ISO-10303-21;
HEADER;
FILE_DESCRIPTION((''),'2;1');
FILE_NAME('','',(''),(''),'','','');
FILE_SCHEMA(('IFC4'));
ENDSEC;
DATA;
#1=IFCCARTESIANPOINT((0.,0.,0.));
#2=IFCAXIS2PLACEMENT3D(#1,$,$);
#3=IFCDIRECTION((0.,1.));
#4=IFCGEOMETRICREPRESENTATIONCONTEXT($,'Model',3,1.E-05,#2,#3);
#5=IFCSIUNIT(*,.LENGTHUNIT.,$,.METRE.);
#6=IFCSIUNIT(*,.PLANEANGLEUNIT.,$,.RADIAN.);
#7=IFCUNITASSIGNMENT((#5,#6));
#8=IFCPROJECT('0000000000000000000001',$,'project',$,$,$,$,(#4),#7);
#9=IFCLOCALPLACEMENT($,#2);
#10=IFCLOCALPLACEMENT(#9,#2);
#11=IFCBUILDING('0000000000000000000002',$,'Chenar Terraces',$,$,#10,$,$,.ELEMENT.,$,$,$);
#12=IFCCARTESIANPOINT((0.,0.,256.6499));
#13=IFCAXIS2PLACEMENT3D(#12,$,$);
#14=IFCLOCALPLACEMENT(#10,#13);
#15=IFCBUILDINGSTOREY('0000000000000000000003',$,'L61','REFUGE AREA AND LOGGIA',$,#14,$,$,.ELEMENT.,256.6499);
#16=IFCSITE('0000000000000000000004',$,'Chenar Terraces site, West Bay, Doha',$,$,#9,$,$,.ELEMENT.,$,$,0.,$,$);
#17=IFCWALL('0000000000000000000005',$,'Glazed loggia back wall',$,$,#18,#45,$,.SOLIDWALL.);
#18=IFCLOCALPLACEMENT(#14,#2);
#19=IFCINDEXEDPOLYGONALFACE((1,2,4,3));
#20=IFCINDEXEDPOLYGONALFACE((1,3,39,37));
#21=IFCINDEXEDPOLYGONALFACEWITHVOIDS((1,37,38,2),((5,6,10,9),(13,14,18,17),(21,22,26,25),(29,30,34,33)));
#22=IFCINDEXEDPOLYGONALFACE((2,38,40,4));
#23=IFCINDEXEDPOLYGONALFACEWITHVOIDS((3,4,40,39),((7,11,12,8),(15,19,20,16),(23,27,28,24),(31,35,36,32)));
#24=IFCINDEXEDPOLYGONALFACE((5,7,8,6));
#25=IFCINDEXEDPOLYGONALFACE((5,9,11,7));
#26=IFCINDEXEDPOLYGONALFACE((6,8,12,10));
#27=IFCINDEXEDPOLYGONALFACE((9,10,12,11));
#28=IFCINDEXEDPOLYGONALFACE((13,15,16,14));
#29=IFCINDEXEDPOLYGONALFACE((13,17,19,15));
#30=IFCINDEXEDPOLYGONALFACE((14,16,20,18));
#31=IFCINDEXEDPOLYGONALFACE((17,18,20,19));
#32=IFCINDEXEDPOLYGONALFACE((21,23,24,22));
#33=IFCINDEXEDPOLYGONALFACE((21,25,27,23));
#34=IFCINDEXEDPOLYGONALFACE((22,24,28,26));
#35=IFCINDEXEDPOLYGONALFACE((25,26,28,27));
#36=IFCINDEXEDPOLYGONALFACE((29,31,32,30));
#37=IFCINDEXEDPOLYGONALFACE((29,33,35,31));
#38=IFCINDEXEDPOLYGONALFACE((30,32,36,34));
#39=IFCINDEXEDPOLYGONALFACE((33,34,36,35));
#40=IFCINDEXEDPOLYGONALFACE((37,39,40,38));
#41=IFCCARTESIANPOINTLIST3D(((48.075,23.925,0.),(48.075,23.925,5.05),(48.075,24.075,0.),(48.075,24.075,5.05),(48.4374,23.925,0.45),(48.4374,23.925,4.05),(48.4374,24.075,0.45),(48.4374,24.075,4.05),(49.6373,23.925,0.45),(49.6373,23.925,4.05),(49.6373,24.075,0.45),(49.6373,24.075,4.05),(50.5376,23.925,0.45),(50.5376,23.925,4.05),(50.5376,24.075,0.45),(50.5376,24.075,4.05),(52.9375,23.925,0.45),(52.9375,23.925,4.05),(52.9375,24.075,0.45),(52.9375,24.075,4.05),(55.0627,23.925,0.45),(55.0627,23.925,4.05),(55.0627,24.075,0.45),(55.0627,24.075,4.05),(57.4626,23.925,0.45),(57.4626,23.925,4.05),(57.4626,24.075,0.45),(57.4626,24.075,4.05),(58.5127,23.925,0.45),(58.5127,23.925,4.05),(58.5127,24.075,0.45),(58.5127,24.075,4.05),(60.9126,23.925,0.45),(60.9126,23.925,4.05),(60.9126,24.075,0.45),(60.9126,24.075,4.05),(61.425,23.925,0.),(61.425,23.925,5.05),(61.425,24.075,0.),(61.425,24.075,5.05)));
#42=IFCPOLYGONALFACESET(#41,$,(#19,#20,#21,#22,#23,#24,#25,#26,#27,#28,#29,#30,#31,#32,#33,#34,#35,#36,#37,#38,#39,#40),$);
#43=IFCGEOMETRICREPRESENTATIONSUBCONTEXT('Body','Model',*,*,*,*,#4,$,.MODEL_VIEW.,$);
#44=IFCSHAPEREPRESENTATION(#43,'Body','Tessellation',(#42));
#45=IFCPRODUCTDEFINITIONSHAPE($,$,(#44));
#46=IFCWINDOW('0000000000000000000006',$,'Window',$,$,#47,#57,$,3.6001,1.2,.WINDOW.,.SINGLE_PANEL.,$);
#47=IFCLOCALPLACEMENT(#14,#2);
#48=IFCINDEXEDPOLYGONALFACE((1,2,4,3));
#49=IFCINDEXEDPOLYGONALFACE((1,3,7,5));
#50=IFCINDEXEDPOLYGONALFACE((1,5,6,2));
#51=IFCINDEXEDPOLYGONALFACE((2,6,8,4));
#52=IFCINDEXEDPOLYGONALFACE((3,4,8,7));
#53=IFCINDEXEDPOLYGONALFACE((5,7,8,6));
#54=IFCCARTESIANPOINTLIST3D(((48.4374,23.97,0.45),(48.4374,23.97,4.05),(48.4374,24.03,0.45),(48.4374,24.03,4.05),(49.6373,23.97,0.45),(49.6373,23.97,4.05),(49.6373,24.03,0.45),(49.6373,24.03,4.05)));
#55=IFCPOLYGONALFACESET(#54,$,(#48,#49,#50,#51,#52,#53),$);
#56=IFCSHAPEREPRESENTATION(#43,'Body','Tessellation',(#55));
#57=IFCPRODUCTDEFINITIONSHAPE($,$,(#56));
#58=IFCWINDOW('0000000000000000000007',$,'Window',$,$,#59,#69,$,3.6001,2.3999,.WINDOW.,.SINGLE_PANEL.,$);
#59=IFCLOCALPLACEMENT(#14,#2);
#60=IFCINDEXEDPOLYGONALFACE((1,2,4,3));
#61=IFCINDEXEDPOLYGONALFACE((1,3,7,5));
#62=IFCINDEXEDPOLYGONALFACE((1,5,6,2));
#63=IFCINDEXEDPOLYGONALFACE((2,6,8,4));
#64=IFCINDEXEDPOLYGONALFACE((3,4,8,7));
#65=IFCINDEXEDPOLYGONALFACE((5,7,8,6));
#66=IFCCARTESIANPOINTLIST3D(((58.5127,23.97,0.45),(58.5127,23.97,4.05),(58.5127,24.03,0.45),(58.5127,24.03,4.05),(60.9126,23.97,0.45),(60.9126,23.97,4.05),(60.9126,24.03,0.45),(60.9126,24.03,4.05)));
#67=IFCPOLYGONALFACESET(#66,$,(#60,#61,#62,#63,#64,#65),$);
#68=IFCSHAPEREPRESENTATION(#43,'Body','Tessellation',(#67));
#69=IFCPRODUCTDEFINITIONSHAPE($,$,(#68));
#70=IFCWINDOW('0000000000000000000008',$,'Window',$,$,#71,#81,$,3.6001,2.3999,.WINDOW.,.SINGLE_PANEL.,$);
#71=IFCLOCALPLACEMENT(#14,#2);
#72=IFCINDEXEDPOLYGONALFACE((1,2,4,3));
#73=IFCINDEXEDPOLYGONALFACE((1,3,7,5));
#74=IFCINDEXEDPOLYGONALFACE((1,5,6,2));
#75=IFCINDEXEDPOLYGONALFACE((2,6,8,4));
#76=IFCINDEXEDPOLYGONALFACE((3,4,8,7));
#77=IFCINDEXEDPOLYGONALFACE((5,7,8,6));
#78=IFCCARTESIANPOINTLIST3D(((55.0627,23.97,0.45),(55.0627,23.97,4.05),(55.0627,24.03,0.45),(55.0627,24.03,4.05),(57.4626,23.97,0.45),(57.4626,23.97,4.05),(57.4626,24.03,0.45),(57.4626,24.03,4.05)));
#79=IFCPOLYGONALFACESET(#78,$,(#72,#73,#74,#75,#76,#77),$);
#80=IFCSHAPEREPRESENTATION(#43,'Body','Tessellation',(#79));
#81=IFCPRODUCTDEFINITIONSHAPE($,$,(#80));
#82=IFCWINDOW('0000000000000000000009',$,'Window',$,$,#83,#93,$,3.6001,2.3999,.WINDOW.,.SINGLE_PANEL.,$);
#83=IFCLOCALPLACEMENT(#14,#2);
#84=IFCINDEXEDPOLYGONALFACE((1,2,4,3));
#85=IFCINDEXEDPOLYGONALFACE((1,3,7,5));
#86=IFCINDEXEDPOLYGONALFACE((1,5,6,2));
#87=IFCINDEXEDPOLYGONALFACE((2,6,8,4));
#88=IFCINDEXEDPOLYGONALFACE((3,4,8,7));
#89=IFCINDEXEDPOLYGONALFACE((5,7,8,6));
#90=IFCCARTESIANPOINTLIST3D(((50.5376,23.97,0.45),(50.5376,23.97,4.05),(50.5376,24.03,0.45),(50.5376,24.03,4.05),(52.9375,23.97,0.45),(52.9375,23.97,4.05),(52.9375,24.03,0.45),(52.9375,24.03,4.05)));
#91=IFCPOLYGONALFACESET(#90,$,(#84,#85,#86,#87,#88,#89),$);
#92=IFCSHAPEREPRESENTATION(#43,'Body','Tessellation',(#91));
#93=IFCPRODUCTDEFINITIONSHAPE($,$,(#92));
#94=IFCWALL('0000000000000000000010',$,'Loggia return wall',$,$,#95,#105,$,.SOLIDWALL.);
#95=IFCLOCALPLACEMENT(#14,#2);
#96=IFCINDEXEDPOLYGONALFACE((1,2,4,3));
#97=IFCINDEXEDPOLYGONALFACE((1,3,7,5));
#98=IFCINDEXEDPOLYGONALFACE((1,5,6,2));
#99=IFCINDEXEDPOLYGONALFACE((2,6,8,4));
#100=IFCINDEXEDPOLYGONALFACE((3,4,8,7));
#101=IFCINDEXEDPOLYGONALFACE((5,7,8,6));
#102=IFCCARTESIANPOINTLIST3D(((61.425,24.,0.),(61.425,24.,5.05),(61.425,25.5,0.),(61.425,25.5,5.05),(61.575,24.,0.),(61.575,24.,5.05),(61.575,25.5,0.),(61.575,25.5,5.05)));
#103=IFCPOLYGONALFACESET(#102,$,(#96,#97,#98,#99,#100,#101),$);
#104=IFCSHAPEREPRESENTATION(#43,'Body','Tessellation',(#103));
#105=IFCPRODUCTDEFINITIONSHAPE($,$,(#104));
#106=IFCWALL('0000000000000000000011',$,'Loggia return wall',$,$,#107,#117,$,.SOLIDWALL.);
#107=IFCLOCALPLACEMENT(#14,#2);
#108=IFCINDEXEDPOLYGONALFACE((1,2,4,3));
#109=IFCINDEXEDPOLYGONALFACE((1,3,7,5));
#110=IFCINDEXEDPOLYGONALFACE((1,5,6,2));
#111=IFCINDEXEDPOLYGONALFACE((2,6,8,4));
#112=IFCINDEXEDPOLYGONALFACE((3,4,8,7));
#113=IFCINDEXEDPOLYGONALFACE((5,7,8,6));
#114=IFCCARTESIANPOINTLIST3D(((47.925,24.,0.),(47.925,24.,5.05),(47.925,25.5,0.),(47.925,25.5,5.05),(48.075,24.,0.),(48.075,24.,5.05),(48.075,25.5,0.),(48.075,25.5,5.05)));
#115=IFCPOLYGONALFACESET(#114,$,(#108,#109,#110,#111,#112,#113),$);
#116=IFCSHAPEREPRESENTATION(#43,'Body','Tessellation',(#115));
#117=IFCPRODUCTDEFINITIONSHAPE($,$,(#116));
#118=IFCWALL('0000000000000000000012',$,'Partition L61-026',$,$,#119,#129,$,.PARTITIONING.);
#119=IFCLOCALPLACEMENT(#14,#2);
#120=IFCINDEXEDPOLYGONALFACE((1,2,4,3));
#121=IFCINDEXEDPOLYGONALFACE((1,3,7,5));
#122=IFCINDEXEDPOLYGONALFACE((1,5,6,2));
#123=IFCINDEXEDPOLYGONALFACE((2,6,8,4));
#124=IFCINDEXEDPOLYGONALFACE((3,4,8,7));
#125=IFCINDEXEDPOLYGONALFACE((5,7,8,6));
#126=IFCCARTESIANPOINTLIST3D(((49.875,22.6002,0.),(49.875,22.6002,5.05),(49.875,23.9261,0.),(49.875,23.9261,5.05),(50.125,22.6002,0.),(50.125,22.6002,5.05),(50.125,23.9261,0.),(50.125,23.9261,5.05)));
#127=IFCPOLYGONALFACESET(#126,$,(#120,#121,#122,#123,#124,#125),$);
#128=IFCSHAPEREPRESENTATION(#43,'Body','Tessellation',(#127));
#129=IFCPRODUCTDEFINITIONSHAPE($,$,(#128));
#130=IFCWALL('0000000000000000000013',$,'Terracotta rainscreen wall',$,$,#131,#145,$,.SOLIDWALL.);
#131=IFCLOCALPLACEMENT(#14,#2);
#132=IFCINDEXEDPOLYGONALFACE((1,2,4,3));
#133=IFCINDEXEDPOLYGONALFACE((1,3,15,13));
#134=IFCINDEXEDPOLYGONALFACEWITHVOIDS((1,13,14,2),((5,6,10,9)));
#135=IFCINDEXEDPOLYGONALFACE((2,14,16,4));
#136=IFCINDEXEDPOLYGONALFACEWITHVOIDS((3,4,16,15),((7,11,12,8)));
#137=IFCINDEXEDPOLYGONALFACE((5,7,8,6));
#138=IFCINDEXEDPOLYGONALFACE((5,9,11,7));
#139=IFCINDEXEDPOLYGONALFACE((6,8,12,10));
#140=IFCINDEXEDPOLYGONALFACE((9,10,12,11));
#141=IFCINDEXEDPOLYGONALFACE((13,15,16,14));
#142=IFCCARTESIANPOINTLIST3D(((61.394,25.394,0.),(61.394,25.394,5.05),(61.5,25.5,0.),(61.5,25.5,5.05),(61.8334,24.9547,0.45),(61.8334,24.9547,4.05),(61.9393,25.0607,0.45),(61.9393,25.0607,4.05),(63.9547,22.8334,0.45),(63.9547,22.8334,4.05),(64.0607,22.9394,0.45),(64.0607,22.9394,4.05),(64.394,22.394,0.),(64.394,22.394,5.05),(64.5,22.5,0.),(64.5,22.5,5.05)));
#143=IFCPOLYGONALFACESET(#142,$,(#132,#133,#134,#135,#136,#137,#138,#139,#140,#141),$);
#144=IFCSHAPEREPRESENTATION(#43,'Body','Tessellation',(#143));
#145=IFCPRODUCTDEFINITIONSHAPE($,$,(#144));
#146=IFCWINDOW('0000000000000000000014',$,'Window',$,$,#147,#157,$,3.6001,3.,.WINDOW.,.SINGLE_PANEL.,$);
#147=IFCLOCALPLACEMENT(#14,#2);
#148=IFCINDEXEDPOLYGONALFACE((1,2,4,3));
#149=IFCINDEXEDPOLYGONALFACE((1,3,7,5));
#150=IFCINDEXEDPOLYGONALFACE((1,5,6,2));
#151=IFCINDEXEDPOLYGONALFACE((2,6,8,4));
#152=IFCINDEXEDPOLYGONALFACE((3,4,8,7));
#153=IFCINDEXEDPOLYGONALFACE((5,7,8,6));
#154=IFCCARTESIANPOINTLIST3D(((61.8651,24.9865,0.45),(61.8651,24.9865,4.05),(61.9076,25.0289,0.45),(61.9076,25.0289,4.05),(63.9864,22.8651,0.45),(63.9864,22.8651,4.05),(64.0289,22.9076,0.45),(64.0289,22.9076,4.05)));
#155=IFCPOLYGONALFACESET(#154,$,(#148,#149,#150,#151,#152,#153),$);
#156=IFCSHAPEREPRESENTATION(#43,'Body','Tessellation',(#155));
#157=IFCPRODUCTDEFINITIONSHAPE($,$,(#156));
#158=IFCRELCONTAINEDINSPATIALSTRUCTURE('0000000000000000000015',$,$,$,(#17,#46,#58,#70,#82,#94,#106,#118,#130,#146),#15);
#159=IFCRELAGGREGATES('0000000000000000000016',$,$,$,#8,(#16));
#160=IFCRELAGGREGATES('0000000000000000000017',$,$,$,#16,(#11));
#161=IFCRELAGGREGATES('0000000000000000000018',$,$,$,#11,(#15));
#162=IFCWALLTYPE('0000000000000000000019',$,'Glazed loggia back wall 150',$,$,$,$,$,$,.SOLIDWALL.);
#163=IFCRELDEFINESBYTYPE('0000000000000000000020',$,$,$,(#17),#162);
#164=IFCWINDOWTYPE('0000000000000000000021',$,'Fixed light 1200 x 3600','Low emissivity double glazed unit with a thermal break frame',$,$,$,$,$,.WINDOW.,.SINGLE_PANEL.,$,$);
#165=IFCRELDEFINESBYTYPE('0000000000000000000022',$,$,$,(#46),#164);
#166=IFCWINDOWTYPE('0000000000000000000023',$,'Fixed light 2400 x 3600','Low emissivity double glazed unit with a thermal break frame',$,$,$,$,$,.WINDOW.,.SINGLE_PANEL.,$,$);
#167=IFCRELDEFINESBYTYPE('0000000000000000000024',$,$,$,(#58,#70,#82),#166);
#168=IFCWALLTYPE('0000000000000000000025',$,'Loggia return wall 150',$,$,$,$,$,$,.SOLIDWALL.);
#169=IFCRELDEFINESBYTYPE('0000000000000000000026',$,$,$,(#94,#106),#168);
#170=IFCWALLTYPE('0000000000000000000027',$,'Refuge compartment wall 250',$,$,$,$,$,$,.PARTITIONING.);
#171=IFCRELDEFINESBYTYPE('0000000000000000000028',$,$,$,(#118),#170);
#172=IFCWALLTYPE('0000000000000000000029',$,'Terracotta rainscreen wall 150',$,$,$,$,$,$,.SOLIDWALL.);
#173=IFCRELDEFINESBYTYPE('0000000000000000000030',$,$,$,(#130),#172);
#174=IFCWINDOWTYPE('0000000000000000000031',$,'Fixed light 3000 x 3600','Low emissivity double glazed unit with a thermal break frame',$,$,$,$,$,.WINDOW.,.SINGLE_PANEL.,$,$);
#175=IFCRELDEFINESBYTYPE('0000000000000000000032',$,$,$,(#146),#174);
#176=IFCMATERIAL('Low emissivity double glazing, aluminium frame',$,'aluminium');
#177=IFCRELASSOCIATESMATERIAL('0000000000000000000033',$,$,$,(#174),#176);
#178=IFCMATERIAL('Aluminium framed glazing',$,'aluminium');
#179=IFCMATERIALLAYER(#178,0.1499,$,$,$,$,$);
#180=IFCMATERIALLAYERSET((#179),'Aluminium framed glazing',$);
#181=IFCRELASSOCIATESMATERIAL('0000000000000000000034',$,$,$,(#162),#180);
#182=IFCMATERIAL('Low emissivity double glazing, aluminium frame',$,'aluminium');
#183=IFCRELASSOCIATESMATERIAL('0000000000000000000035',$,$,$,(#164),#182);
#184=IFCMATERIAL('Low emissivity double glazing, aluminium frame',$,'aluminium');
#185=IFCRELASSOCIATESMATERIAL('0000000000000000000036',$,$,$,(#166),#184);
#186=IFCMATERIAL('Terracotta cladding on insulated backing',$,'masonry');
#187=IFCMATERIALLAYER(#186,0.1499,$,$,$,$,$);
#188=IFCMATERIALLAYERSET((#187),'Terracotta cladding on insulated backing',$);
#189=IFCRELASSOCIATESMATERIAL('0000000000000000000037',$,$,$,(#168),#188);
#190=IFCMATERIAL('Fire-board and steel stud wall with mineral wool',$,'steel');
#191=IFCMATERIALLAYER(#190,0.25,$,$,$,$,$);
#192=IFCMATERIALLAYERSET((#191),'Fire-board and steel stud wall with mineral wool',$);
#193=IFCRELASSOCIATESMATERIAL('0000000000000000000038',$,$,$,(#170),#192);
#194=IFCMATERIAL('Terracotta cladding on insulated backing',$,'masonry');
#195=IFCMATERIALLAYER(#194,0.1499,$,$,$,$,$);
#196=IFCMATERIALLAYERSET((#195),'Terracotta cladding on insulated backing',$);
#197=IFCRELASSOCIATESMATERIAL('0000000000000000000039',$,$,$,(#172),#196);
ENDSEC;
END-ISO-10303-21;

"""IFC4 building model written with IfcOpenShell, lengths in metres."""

from ifc_helpers import new_model, si_unit, direction, frame, frame_2d, origin, place, context, subcontext, project, spatial, rectangle, extrude, material, layer, layer_set, type_object, element, fill, save


model = new_model("IFC4")

# Units and contexts
model_context = context("Model", 3, precision=1e-05, world=origin(), true_north=direction((0.0, 1.0)))
body_context = subcontext(model_context, "Body", "Model", "MODEL_VIEW")
ifc_project = project(units=[si_unit("LENGTHUNIT", "METRE"), si_unit("PLANEANGLEUNIT", "RADIAN")], contexts=[model_context])

# Site, building, storey
site_placement = place(None, origin())
site = spatial("IfcSite", under=ifc_project, at=site_placement, Name="Chenar Terraces site, West Bay, Doha", CompositionType="ELEMENT", RefElevation=0.0)
building_placement = place(site_placement, origin())
building = spatial("IfcBuilding", under=site, at=building_placement, Name="Chenar Terraces", CompositionType="ELEMENT")
storey_placement = place(building_placement, frame((0.0, 0.0, 256.6499)))
storey = spatial("IfcBuildingStorey", under=building, at=storey_placement, Name="L61", Description="REFUGE AREA AND LOGGIA", CompositionType="ELEMENT", Elevation=256.6499)

# Shared definitions
ifc_material_1 = material(Name="Low emissivity double glazing, aluminium frame", Category="aluminium")
window_type_1 = type_object("IfcWindowType", Name="Fixed light 3000 x 3600", Description="Low emissivity double glazed unit with a thermal break frame", PartitioningType="SINGLE_PANEL", PredefinedType="WINDOW", material=ifc_material_1)

# Wall, openings, windows
ifc_material_2 = material(Name="Aluminium framed glazing", Category="aluminium")
ifc_layer_1 = layer(ifc_material_2, 0.1499)
ifc_layer_set_1 = layer_set([ifc_layer_1], Name="Aluminium framed glazing")
wall_type_1 = type_object("IfcWallType", Name="Glazed loggia back wall 150", PredefinedType="SOLIDWALL", material=ifc_layer_set_1)
wall_1_placement = place(storey_placement, frame((61.425, 24.0, 0.0), z_axis=(0.0, 0.0, 1.0), x_axis=(-1.0, 0.0, 0.0)))
wall_1 = element("IfcWall", 1, at=wall_1_placement, inside=storey, type_object=wall_type_1, Name="Glazed loggia back wall", PredefinedType="SOLIDWALL", context=body_context, shape_type="SweptSolid", body=[
    extrude(rectangle(XDim=13.3501, YDim=0.1499, at=frame_2d((6.675, 0.0))), origin(), (0.0, 0.0, 1.0), 5.05),
])
opening_1_placement = place(wall_1_placement, frame((0.5125, 0.0, 0.45)))
opening_1 = element("IfcOpeningElement", 2, at=opening_1_placement, cuts=wall_1, PredefinedType="OPENING", context=body_context, shape_type="SweptSolid", body=[
    extrude(rectangle(XDim=2.3999, YDim=3.6001, at=frame_2d((1.2, 1.8))), frame((0.0, 0.085, 0.0), z_axis=(0.0, -1.0, 0.0), x_axis=(1.0, 0.0, 0.0)), (0.0, 0.0, 1.0), 0.1699),
])
opening_2_placement = place(wall_1_placement, frame((3.9624, 0.0, 0.45)))
opening_2 = element("IfcOpeningElement", 3, at=opening_2_placement, cuts=wall_1, PredefinedType="OPENING", context=body_context, shape_type="SweptSolid", body=[
    extrude(rectangle(XDim=2.3999, YDim=3.6001, at=frame_2d((1.2, 1.8))), frame((0.0, 0.085, 0.0), z_axis=(0.0, -1.0, 0.0), x_axis=(1.0, 0.0, 0.0)), (0.0, 0.0, 1.0), 0.1699),
])
opening_3_placement = place(wall_1_placement, frame((8.4875, 0.0, 0.45)))
opening_3 = element("IfcOpeningElement", 4, at=opening_3_placement, cuts=wall_1, PredefinedType="OPENING", context=body_context, shape_type="SweptSolid", body=[
    extrude(rectangle(XDim=2.3999, YDim=3.6001, at=frame_2d((1.2, 1.8))), frame((0.0, 0.085, 0.0), z_axis=(0.0, -1.0, 0.0), x_axis=(1.0, 0.0, 0.0)), (0.0, 0.0, 1.0), 0.1699),
])
opening_4_placement = place(wall_1_placement, frame((11.7876, 0.0, 0.45)))
opening_4 = element("IfcOpeningElement", 5, at=opening_4_placement, cuts=wall_1, PredefinedType="OPENING", context=body_context, shape_type="SweptSolid", body=[
    extrude(rectangle(XDim=1.2, YDim=3.6001, at=frame_2d((0.6001, 1.8))), frame((0.0, 0.085, 0.0), z_axis=(0.0, -1.0, 0.0), x_axis=(1.0, 0.0, 0.0)), (0.0, 0.0, 1.0), 0.1699),
])
ifc_material_3 = material(Name="Low emissivity double glazing, aluminium frame", Category="aluminium")
window_type_2 = type_object("IfcWindowType", Name="Fixed light 1200 x 3600", Description="Low emissivity double glazed unit with a thermal break frame", PartitioningType="SINGLE_PANEL", PredefinedType="WINDOW", material=ifc_material_3)
window_1_placement = place(opening_4_placement, origin())
window_1 = element("IfcWindow", 6, at=window_1_placement, inside=storey, type_object=window_type_2, Name="Window", OverallHeight=3.6001, OverallWidth=1.2, PartitioningType="SINGLE_PANEL", PredefinedType="WINDOW", context=body_context, shape_type="SweptSolid", body=[
    extrude(rectangle(XDim=1.2, YDim=3.6001, at=frame_2d((0.6001, 1.8))), frame((0.0, 0.03, 0.0), z_axis=(0.0, -1.0, 0.0), x_axis=(1.0, 0.0, 0.0)), (0.0, 0.0, 1.0), 0.0601),
])
fill(opening_4, window_1)
ifc_material_4 = material(Name="Low emissivity double glazing, aluminium frame", Category="aluminium")
window_type_3 = type_object("IfcWindowType", Name="Fixed light 2400 x 3600", Description="Low emissivity double glazed unit with a thermal break frame", PartitioningType="SINGLE_PANEL", PredefinedType="WINDOW", material=ifc_material_4)
window_2_placement = place(opening_1_placement, origin())
window_2 = element("IfcWindow", 7, at=window_2_placement, inside=storey, type_object=window_type_3, Name="Window", OverallHeight=3.6001, OverallWidth=2.3999, PartitioningType="SINGLE_PANEL", PredefinedType="WINDOW", context=body_context, shape_type="SweptSolid", body=[
    extrude(rectangle(XDim=2.3999, YDim=3.6001, at=frame_2d((1.2, 1.8))), frame((0.0, 0.03, 0.0), z_axis=(0.0, -1.0, 0.0), x_axis=(1.0, 0.0, 0.0)), (0.0, 0.0, 1.0), 0.0601),
])
fill(opening_1, window_2)
window_3_placement = place(opening_2_placement, origin())
window_3 = element("IfcWindow", 8, at=window_3_placement, inside=storey, type_object=window_type_3, Name="Window", OverallHeight=3.6001, OverallWidth=2.3999, PartitioningType="SINGLE_PANEL", PredefinedType="WINDOW", context=body_context, shape_type="SweptSolid", body=[
    extrude(rectangle(XDim=2.3999, YDim=3.6001, at=frame_2d((1.2, 1.8))), frame((0.0, 0.03, 0.0), z_axis=(0.0, -1.0, 0.0), x_axis=(1.0, 0.0, 0.0)), (0.0, 0.0, 1.0), 0.0601),
])
fill(opening_2, window_3)
window_4_placement = place(opening_3_placement, origin())
window_4 = element("IfcWindow", 9, at=window_4_placement, inside=storey, type_object=window_type_3, Name="Window", OverallHeight=3.6001, OverallWidth=2.3999, PartitioningType="SINGLE_PANEL", PredefinedType="WINDOW", context=body_context, shape_type="SweptSolid", body=[
    extrude(rectangle(XDim=2.3999, YDim=3.6001, at=frame_2d((1.2, 1.8))), frame((0.0, 0.03, 0.0), z_axis=(0.0, -1.0, 0.0), x_axis=(1.0, 0.0, 0.0)), (0.0, 0.0, 1.0), 0.0601),
])
fill(opening_3, window_4)

# Walls
ifc_material_5 = material(Name="Terracotta cladding on insulated backing", Category="masonry")
ifc_layer_2 = layer(ifc_material_5, 0.1499)
ifc_layer_set_2 = layer_set([ifc_layer_2], Name="Terracotta cladding on insulated backing")
wall_type_2 = type_object("IfcWallType", Name="Loggia return wall 150", PredefinedType="SOLIDWALL", material=ifc_layer_set_2)
for number, where, z_axis, x_axis, name in (
    (10, (61.5, 25.5, 0.0), (0.0, 0.0, 1.0), (0.0, -1.0, 0.0), "Loggia return wall"),
    (11, (48.0, 25.5, 0.0), (0.0, 0.0, 1.0), (0.0, -1.0, 0.0), "Loggia return wall"),
):
    element("IfcWall", number, at=place(storey_placement, frame(where, z_axis=z_axis, x_axis=x_axis)), inside=storey, type_object=wall_type_2, Name=name, PredefinedType="SOLIDWALL", context=body_context, shape_type="SweptSolid", body=[
        extrude(rectangle(XDim=1.5, YDim=0.1499, at=frame_2d((0.75, 0.0))), origin(), (0.0, 0.0, 1.0), 5.05),
    ])
ifc_material_6 = material(Name="Fire-board and steel stud wall with mineral wool", Category="steel")
ifc_layer_3 = layer(ifc_material_6, 0.25)
ifc_layer_set_3 = layer_set([ifc_layer_3], Name="Fire-board and steel stud wall with mineral wool")
wall_type_3 = type_object("IfcWallType", Name="Refuge compartment wall 250", PredefinedType="PARTITIONING", material=ifc_layer_set_3)
wall_2_placement = place(storey_placement, frame((50.0, 22.6001, 0.0), z_axis=(0.0, 0.0, 1.0), x_axis=(0.0, 1.0, 0.0)))
element("IfcWall", 12, at=wall_2_placement, inside=storey, type_object=wall_type_3, Name="Partition L61-026", PredefinedType="PARTITIONING", context=body_context, shape_type="SweptSolid", body=[
    extrude(rectangle(XDim=1.3259, YDim=0.25, at=frame_2d((0.6631, 0.0))), origin(), (0.0, 0.0, 1.0), 5.05),
])

# Wall, opening, window
ifc_material_7 = material(Name="Terracotta cladding on insulated backing", Category="masonry")
ifc_layer_4 = layer(ifc_material_7, 0.1499)
ifc_layer_set_4 = layer_set([ifc_layer_4], Name="Terracotta cladding on insulated backing")
wall_type_4 = type_object("IfcWallType", Name="Terracotta rainscreen wall 150", PredefinedType="SOLIDWALL", material=ifc_layer_set_4)
wall_3_placement = place(storey_placement, frame((64.447, 22.447, 0.0), z_axis=(0.0, 0.0, 1.0), x_axis=(-0.707107, 0.707107, 0.0)))
wall_3 = element("IfcWall", 13, at=wall_3_placement, inside=storey, type_object=wall_type_4, Name="Terracotta rainscreen wall", PredefinedType="SOLIDWALL", context=body_context, shape_type="SweptSolid", body=[
    extrude(rectangle(XDim=4.2427, YDim=0.1499, at=frame_2d((2.1213, 0.0))), origin(), (0.0, 0.0, 1.0), 5.05),
])
opening_5_placement = place(wall_3_placement, frame((0.6213, 0.0, 0.45)))
opening_5 = element("IfcOpeningElement", 14, at=opening_5_placement, cuts=wall_3, PredefinedType="OPENING", context=body_context, shape_type="SweptSolid", body=[
    extrude(rectangle(XDim=3.0, YDim=3.6001, at=frame_2d((1.5, 1.8))), frame((0.0, 0.085, 0.0), z_axis=(0.0, -1.0, 0.0), x_axis=(1.0, 0.0, 0.0)), (0.0, 0.0, 1.0), 0.1699),
])
window_5_placement = place(opening_5_placement, origin())
window_5 = element("IfcWindow", 15, at=window_5_placement, inside=storey, type_object=window_type_1, Name="Window", OverallHeight=3.6001, OverallWidth=3.0, PartitioningType="SINGLE_PANEL", PredefinedType="WINDOW", context=body_context, shape_type="SweptSolid", body=[
    extrude(rectangle(XDim=3.0, YDim=3.6001, at=frame_2d((1.5, 1.8))), frame((0.0, 0.03, 0.0), z_axis=(0.0, -1.0, 0.0), x_axis=(1.0, 0.0, 0.0)), (0.0, 0.0, 1.0), 0.0601),
])
fill(opening_5, window_5)

save(model, "model.ifc")
